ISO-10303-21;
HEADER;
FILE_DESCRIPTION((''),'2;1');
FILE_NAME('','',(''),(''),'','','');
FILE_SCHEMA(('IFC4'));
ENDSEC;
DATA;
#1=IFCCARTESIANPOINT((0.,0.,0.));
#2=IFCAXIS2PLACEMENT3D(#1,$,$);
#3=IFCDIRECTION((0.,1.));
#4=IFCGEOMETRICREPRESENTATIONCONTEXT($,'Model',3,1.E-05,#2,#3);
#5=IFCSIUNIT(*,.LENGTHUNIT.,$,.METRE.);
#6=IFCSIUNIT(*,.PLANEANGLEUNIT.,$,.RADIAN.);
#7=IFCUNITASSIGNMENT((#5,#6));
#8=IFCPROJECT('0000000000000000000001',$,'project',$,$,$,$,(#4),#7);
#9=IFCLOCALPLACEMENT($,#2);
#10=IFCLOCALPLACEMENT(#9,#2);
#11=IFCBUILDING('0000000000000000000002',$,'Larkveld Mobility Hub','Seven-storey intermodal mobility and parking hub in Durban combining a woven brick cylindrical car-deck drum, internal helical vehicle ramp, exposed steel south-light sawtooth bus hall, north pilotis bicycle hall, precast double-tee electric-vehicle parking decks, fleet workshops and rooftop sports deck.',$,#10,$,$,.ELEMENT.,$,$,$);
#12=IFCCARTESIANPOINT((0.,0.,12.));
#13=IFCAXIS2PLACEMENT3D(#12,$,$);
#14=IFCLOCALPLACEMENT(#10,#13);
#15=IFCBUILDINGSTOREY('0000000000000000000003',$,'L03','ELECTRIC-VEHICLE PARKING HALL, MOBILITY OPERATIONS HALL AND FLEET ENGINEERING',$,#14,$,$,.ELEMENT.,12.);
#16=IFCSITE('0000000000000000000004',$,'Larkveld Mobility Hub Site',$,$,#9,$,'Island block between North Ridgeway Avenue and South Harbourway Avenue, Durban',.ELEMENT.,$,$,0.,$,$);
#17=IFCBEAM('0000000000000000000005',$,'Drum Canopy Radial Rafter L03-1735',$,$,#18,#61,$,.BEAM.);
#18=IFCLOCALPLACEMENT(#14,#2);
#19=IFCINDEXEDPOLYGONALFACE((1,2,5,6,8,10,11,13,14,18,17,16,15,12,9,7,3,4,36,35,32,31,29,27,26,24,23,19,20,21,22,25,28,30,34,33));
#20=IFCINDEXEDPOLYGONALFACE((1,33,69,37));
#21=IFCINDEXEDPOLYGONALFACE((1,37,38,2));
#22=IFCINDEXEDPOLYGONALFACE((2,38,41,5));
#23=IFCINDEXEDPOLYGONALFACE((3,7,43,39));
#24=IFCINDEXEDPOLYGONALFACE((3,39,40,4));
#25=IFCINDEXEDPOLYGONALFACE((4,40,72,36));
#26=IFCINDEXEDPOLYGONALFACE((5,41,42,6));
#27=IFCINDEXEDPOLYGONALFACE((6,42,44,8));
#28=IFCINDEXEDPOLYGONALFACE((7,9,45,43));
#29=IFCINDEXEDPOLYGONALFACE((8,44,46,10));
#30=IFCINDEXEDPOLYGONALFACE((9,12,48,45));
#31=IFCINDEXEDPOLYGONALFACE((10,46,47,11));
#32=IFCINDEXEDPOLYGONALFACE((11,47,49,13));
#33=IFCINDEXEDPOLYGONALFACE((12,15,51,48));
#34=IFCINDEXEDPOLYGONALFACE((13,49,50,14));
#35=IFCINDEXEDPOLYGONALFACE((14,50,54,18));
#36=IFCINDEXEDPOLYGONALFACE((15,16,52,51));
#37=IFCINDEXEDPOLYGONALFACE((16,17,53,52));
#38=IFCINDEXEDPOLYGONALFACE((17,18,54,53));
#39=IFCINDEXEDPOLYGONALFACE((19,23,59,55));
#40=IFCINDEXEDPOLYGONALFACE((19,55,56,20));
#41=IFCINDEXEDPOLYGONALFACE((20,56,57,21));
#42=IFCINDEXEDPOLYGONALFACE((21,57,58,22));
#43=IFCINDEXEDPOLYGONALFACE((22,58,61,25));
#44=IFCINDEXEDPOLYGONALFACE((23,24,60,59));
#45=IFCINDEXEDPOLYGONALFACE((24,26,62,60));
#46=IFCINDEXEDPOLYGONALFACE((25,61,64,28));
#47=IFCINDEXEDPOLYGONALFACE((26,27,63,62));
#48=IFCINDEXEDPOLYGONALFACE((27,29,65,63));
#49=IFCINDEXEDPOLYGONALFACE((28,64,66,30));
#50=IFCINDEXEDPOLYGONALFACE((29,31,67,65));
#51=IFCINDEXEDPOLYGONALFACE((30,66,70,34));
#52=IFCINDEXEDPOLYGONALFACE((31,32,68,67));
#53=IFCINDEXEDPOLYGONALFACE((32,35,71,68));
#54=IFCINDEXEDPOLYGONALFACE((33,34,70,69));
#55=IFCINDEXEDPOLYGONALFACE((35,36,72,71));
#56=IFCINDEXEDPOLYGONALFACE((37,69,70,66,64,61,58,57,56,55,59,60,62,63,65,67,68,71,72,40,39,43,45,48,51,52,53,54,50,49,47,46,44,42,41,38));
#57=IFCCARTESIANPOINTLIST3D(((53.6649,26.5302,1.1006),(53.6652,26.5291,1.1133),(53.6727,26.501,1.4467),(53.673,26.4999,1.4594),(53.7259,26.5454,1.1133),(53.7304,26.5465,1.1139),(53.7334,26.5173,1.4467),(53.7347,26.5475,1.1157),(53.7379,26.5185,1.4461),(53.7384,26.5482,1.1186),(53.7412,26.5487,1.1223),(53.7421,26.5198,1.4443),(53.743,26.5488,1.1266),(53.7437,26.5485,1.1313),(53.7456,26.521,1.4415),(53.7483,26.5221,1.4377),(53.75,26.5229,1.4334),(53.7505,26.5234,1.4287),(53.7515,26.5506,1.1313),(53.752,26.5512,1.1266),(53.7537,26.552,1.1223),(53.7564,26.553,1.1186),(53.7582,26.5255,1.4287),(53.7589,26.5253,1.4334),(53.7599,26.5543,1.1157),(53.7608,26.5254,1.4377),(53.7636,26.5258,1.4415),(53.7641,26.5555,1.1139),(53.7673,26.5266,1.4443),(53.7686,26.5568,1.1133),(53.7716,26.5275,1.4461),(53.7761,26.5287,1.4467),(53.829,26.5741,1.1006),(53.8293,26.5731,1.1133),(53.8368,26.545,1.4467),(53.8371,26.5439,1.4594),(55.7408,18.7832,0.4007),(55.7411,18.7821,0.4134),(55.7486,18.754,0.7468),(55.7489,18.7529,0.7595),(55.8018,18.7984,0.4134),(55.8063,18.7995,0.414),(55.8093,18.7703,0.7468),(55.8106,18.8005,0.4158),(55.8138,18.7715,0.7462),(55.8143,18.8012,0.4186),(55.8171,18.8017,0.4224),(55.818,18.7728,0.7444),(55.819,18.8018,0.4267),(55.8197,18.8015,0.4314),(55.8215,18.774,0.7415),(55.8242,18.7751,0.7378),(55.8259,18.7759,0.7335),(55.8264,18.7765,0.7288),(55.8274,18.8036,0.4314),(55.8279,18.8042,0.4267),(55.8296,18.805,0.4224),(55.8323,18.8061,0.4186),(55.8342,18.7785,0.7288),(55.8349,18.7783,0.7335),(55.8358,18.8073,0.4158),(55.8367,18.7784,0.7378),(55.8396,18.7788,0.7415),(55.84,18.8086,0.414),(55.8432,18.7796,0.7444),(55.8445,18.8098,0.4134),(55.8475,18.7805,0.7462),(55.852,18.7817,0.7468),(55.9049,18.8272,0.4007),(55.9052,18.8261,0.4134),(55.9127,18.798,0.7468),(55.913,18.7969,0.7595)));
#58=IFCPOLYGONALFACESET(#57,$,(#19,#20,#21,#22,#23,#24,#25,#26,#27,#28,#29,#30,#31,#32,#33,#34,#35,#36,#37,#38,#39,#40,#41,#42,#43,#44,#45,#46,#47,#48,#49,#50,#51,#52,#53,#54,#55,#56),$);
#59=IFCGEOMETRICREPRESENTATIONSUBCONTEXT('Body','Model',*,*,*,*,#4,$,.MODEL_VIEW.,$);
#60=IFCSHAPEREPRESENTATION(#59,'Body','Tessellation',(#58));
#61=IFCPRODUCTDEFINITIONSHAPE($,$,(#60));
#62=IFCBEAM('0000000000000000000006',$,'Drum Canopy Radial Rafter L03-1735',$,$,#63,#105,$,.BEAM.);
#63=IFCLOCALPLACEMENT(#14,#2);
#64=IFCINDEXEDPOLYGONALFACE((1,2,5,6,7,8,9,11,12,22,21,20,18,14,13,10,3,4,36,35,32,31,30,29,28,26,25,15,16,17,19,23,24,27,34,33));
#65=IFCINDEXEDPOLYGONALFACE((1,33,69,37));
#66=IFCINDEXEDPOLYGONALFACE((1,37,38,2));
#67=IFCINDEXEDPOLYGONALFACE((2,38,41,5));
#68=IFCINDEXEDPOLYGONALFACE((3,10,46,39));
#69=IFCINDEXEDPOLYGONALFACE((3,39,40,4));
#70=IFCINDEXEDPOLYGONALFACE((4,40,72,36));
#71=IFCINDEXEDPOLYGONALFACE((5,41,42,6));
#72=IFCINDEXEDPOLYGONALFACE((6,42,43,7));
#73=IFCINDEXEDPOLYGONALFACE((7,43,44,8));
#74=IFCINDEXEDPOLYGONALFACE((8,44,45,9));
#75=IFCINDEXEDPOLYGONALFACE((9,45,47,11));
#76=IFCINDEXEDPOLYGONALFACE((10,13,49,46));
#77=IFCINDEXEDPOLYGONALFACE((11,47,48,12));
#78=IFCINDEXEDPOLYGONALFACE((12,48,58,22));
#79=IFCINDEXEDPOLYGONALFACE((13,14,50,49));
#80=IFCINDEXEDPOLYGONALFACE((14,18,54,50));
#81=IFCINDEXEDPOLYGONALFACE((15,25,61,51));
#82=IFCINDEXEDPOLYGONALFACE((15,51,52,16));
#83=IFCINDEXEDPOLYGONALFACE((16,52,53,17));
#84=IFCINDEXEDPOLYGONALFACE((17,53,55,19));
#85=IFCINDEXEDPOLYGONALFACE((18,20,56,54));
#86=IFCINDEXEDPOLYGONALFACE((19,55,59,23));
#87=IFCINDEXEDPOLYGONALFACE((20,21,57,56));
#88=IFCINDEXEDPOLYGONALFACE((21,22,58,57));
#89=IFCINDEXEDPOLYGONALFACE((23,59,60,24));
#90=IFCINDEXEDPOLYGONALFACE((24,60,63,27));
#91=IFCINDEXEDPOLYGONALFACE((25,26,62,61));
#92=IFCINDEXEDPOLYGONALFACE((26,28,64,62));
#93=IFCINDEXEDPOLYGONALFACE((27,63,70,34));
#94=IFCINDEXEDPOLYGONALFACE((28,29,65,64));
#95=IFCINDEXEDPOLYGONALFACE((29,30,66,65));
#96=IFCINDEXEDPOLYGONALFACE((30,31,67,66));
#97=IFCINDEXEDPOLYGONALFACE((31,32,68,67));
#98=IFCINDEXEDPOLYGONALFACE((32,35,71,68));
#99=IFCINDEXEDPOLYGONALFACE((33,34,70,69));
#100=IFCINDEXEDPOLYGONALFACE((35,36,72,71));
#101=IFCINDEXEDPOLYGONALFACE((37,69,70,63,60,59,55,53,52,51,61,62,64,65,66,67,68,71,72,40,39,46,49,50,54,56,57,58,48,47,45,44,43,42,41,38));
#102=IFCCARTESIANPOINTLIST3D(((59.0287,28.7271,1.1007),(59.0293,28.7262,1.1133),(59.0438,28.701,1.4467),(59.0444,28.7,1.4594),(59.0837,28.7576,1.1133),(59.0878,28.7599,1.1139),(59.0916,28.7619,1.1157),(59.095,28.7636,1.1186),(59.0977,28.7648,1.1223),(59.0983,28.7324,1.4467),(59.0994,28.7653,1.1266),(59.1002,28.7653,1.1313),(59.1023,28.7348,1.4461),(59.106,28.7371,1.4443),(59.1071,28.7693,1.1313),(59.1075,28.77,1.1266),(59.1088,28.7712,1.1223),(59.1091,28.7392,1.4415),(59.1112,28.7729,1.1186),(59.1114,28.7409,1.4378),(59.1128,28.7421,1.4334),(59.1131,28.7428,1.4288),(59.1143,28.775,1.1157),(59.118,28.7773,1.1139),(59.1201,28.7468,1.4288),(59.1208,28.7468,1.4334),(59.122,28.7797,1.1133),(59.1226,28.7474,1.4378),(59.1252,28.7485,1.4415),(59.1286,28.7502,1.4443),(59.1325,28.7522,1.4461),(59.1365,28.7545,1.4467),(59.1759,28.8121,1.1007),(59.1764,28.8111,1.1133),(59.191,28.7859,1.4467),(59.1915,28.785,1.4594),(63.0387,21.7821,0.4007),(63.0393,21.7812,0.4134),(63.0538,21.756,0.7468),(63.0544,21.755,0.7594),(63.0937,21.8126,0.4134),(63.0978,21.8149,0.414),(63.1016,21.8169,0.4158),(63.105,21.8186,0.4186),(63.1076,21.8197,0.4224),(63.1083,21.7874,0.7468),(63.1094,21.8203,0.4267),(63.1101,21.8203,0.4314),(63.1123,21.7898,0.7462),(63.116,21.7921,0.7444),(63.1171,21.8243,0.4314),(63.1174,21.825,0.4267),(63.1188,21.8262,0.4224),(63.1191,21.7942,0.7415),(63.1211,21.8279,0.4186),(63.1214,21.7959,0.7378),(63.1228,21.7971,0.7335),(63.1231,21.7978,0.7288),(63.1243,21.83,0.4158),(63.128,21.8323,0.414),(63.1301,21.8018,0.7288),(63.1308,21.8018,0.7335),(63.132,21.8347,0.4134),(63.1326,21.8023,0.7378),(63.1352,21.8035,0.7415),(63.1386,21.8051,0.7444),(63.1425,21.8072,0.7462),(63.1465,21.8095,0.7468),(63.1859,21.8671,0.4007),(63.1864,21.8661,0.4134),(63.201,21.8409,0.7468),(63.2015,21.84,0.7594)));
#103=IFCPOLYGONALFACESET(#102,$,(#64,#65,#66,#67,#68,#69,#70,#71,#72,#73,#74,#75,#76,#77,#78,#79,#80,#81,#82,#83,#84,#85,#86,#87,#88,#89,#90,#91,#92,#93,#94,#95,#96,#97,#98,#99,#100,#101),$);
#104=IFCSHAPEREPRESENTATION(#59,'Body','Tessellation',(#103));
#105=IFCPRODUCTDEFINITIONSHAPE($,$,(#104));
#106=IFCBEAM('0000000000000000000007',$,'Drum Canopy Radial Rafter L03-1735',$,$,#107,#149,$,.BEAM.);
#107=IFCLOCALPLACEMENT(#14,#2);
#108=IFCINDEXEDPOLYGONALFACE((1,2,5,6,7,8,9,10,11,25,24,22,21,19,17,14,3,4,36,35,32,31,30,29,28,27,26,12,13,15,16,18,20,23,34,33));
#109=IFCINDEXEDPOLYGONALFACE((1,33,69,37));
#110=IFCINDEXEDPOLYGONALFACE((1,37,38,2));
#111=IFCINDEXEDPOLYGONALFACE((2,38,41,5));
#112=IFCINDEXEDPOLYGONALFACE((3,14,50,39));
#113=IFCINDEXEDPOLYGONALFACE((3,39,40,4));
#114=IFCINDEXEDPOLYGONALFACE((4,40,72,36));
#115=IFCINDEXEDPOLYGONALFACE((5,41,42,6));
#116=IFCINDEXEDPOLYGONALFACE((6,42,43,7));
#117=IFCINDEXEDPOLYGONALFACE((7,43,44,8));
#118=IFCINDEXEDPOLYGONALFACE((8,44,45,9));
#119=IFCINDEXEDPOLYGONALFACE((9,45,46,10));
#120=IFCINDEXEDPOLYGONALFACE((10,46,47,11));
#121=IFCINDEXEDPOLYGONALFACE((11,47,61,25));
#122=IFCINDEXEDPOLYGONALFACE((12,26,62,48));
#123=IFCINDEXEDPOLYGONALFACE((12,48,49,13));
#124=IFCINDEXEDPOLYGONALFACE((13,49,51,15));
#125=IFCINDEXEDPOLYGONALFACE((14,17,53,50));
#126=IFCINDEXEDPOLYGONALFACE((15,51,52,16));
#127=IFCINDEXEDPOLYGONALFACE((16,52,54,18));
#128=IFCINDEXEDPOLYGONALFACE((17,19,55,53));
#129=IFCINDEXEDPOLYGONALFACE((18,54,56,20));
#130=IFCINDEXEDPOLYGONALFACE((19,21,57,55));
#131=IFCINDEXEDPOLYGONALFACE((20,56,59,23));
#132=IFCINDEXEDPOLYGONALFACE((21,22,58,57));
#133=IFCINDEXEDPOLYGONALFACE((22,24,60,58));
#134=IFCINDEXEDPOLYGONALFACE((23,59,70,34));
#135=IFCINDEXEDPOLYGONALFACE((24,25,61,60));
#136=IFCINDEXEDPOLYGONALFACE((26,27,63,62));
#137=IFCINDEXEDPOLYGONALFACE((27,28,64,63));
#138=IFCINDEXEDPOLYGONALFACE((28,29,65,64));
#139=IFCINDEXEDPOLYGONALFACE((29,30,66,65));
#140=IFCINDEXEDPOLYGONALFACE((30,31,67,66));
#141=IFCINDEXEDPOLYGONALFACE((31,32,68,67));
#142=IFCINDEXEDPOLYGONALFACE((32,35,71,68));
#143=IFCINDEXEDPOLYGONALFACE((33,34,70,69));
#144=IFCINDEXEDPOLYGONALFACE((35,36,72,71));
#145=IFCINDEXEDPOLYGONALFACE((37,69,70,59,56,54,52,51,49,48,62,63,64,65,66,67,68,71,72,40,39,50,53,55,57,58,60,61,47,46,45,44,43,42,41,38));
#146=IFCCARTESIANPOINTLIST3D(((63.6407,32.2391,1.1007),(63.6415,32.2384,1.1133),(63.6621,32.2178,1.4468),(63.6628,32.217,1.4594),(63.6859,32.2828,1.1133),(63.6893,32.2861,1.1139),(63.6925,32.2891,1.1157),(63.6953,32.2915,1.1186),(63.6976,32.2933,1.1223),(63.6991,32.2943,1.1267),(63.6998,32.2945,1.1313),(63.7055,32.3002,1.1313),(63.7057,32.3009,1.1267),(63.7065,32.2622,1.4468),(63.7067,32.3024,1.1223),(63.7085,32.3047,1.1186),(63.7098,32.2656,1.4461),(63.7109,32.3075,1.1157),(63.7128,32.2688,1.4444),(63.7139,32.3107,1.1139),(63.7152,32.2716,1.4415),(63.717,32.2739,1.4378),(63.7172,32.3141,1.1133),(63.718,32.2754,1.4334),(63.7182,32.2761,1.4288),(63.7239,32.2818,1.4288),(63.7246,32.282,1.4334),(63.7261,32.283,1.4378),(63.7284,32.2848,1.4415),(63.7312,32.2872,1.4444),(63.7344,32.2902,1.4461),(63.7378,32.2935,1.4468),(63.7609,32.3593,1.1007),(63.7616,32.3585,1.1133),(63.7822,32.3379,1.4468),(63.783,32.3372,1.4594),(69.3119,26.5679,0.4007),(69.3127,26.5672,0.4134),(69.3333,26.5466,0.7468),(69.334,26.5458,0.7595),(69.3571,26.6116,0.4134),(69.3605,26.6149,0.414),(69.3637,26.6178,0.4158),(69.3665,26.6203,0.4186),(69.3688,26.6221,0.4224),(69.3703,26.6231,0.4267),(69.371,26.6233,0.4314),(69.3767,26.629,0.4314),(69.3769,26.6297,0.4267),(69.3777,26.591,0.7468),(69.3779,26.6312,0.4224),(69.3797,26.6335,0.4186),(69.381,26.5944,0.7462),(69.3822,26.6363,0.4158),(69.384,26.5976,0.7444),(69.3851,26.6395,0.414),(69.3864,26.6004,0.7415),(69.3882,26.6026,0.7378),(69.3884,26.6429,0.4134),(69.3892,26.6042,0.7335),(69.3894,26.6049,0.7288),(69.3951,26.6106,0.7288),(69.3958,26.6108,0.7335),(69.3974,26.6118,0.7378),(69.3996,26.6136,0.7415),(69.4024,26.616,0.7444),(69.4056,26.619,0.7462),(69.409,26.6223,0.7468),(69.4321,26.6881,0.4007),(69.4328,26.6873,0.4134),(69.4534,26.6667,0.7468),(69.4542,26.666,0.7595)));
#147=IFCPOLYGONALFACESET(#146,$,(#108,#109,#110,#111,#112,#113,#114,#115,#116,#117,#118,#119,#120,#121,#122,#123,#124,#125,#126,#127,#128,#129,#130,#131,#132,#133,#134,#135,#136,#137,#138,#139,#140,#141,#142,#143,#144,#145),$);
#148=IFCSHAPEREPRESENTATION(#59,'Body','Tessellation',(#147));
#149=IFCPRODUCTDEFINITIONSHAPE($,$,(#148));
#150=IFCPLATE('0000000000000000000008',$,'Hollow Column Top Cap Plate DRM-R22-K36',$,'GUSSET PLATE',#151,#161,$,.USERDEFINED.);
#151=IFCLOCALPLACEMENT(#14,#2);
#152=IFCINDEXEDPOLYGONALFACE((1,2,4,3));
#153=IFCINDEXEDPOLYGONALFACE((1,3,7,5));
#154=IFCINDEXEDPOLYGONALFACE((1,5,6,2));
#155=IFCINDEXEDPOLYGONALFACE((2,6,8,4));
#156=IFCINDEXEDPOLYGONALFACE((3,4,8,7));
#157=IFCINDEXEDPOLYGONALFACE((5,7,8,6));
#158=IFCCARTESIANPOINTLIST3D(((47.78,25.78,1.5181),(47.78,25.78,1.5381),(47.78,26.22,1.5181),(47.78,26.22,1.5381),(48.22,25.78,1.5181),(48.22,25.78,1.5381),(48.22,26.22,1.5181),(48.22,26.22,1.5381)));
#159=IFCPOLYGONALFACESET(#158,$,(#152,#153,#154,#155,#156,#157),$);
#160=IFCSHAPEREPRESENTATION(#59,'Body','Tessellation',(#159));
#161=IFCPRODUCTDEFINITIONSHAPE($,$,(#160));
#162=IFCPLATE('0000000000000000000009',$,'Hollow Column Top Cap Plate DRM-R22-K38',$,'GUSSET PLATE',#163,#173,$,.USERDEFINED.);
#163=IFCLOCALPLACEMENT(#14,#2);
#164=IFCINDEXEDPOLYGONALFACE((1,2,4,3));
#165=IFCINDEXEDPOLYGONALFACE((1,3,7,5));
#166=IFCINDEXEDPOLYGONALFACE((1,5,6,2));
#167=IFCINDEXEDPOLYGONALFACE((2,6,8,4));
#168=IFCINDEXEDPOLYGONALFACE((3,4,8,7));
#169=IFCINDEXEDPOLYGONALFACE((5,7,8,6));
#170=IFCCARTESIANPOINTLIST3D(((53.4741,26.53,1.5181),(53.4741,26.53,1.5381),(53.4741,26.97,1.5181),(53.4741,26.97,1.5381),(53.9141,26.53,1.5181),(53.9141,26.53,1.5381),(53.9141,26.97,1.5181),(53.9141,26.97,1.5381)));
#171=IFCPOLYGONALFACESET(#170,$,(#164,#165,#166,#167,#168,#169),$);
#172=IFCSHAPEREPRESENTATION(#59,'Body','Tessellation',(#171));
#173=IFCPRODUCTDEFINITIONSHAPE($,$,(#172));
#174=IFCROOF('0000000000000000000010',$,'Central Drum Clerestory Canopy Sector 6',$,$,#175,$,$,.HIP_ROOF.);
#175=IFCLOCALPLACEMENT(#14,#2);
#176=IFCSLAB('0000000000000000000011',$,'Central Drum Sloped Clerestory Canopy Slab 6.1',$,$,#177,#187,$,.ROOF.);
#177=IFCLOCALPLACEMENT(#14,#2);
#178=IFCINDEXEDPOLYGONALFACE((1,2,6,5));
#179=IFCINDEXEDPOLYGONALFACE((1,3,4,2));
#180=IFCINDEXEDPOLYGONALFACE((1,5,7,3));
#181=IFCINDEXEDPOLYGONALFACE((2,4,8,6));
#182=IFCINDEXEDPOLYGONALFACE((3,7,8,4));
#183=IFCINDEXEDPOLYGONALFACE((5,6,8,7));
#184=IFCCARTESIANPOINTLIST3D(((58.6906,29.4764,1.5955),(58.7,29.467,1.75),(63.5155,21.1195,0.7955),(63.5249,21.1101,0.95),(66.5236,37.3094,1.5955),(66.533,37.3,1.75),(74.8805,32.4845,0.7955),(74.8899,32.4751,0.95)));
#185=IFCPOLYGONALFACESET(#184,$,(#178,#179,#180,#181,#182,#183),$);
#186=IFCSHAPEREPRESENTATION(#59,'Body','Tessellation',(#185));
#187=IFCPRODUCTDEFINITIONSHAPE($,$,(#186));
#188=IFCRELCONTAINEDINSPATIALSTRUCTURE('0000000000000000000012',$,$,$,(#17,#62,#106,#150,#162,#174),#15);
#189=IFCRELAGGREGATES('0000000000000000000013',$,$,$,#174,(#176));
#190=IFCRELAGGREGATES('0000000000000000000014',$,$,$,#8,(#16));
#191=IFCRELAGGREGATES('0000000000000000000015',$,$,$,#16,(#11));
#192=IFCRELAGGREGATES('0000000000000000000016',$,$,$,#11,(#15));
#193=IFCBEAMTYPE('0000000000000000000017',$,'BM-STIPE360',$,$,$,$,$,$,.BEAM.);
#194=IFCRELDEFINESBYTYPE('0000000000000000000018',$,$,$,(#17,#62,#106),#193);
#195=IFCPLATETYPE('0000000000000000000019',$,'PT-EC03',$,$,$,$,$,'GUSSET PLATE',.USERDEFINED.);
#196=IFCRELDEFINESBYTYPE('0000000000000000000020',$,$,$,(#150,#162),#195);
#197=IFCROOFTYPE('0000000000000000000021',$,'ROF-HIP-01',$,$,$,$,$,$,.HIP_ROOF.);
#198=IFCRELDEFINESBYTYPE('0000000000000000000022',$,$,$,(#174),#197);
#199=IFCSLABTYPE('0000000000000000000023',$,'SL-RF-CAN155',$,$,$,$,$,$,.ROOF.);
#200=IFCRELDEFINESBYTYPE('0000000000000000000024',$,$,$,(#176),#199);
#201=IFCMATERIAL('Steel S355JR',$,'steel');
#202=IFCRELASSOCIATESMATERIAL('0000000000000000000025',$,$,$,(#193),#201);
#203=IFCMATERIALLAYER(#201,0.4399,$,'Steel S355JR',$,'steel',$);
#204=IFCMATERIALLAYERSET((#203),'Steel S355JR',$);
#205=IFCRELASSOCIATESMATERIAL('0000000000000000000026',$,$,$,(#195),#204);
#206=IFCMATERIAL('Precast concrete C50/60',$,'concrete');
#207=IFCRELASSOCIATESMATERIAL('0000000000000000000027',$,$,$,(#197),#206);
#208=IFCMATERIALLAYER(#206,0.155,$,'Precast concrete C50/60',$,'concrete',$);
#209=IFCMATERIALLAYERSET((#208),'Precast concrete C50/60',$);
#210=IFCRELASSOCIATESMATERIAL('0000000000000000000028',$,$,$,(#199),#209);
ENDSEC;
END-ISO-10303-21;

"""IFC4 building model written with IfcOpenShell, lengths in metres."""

from ifc_helpers import new_model, si_unit, direction, frame, origin, origin_2d, place, context, subcontext, project, spatial, polyline, rectangle, i_section, outline, extrude, material, layer, layer_set, material_profile, profile_set, type_object, element, aggregate, save


model = new_model("IFC4")

# Units and contexts
model_context = context("Model", 3, precision=1e-05, world=origin(), true_north=direction((0.0, 1.0)))
body_context = subcontext(model_context, "Body", "Model", "MODEL_VIEW")
ifc_project = project(units=[si_unit("LENGTHUNIT", "METRE"), si_unit("PLANEANGLEUNIT", "RADIAN")], contexts=[model_context])

# Site, building, storey
site_placement = place(None, origin())
site = spatial("IfcSite", under=ifc_project, at=site_placement, Name="Larkveld Mobility Hub Site", LongName="Island block between North Ridgeway Avenue and South Harbourway Avenue, Durban", CompositionType="ELEMENT", RefElevation=0.0)
building_placement = place(site_placement, origin())
building = spatial("IfcBuilding", under=site, at=building_placement, Name="Larkveld Mobility Hub", Description="Seven-storey intermodal mobility and parking hub in Durban combining a woven brick cylindrical car-deck drum, internal helical vehicle ramp, exposed steel south-light sawtooth bus hall, north pilotis bicycle hall, precast double-tee electric-vehicle parking decks, fleet workshops and rooftop sports deck.", CompositionType="ELEMENT")
storey_placement = place(building_placement, frame((0.0, 0.0, 12.0)))
storey = spatial("IfcBuildingStorey", under=building, at=storey_placement, Name="L03", Description="ELECTRIC-VEHICLE PARKING HALL, MOBILITY OPERATIONS HALL AND FLEET ENGINEERING", CompositionType="ELEMENT", Elevation=12.0)

# Shared definitions
ifc_material_1 = material(Name="Steel S355JR", Category="steel")

# Beams
ifc_material_profile_1 = material_profile(ifc_material_1, i_section(OverallWidth=0.1699, OverallDepth=0.3601, WebThickness=0.0081, FlangeThickness=0.0127, FilletRadius=0.0181, at=origin_2d()), Name="IPE 360")
ifc_profile_set_1 = profile_set([ifc_material_profile_1], Name="Steel S355JR")
beam_type_1 = type_object("IfcBeamType", Name="BM-STIPE360", PredefinedType="BEAM", material=ifc_profile_set_1)
beam_1_placement = place(storey_placement, frame((55.8269, 18.79, 0.5801), z_axis=(-0.257851, 0.962265, 0.086941), x_axis=(-0.965923, -0.258831, 0.0)))
element("IfcBeam", 1, at=beam_1_placement, inside=storey, type_object=beam_type_1, Name="Drum Canopy Radial Rafter L03-1735", PredefinedType="BEAM", context=body_context, shape_type="SweptSolid", body=[
    extrude(i_section(OverallWidth=0.1699, OverallDepth=0.3601, WebThickness=0.0081, FlangeThickness=0.0127, FilletRadius=0.0181, at=origin_2d()), origin(), (0.0, 0.0, 1.0), 8.0508),
])
beam_2_placement = place(storey_placement, frame((63.1201, 21.811, 0.5801), z_axis=(-0.498132, 0.862731, 0.086949), x_axis=(-0.866011, -0.500026, 0.0)))
element("IfcBeam", 2, at=beam_2_placement, inside=storey, type_object=beam_type_1, Name="Drum Canopy Radial Rafter L03-1735", PredefinedType="BEAM", context=body_context, shape_type="SweptSolid", body=[
    extrude(i_section(OverallWidth=0.1699, OverallDepth=0.3601, WebThickness=0.0081, FlangeThickness=0.0127, FilletRadius=0.0181, at=origin_2d()), origin(), (0.0, 0.0, 1.0), 8.05),
])
beam_3_placement = place(storey_placement, frame((69.3831, 26.6169, 0.5801), z_axis=(-0.704429, 0.704429, 0.086943), x_axis=(-0.707107, -0.707107, 0.0)))
element("IfcBeam", 3, at=beam_3_placement, inside=storey, type_object=beam_type_1, Name="Drum Canopy Radial Rafter L03-1735", PredefinedType="BEAM", context=body_context, shape_type="SweptSolid", body=[
    extrude(i_section(OverallWidth=0.1699, OverallDepth=0.3601, WebThickness=0.0081, FlangeThickness=0.0127, FilletRadius=0.0181, at=origin_2d()), origin(), (0.0, 0.0, 1.0), 8.0508),
])

# Plates
ifc_layer_1 = layer(ifc_material_1, 0.4399, Name="Steel S355JR", Category="steel")
ifc_layer_set_1 = layer_set([ifc_layer_1], Name="Steel S355JR")
plate_type = type_object("IfcPlateType", Name="PT-EC03", ElementType="GUSSET PLATE", PredefinedType="USERDEFINED", material=ifc_layer_set_1)
for number, where, z_axis, x_axis, name in (
    (4, (48.0, 26.0, 1.5181), (0.0, 0.0, 1.0), (1.0, 0.0, 0.0), "Hollow Column Top Cap Plate DRM-R22-K36"),
    (5, (53.6941, 26.75, 1.5181), (0.0, 0.0, 1.0), (1.0, 0.0, 0.0), "Hollow Column Top Cap Plate DRM-R22-K38"),
):
    element("IfcPlate", number, at=place(storey_placement, frame(where, z_axis=z_axis, x_axis=x_axis)), inside=storey, type_object=plate_type, Name=name, ObjectType="GUSSET PLATE", PredefinedType="USERDEFINED", context=body_context, shape_type="SweptSolid", body=[
        extrude(rectangle(XDim=0.4399, YDim=0.4399, at=origin_2d()), origin(), (0.0, 0.0, 1.0), 0.02),
    ])

# Roof, slab
ifc_material_2 = material(Name="Precast concrete C50/60", Category="concrete")
roof_type = type_object("IfcRoofType", Name="ROF-HIP-01", PredefinedType="HIP_ROOF", material=ifc_material_2)
roof_placement = place(storey_placement, origin())
roof = element("IfcRoof", 6, at=roof_placement, inside=storey, type_object=roof_type, Name="Central Drum Clerestory Canopy Sector 6", PredefinedType="HIP_ROOF")
ifc_layer_2 = layer(ifc_material_2, 0.155, Name="Precast concrete C50/60", Category="concrete")
ifc_layer_set_2 = layer_set([ifc_layer_2], Name="Precast concrete C50/60")
slab_type = type_object("IfcSlabType", Name="SL-RF-CAN155", PredefinedType="ROOF", material=ifc_layer_set_2)
slab_placement = place(storey_placement, frame((63.5249, 21.1101, 0.95), z_axis=(0.060471, -0.060471, 0.996337), x_axis=(0.707107, 0.707107, 0.0)))
slab = element("IfcSlab", 7, at=slab_placement, type_object=slab_type, Name="Central Drum Sloped Clerestory Canopy Slab 6.1", PredefinedType="ROOF", context=body_context, shape_type="SweptSolid", body=[
    extrude(outline(polyline([(0.0, 0.0), (16.0725, 0.0), (13.575, 9.3553), (2.4975, 9.3553), (0.0, 0.0)])), origin(), (0.0, 0.0, -1.0), 0.155),
])
aggregate(roof, [slab])

save(model, "model.ifc")
